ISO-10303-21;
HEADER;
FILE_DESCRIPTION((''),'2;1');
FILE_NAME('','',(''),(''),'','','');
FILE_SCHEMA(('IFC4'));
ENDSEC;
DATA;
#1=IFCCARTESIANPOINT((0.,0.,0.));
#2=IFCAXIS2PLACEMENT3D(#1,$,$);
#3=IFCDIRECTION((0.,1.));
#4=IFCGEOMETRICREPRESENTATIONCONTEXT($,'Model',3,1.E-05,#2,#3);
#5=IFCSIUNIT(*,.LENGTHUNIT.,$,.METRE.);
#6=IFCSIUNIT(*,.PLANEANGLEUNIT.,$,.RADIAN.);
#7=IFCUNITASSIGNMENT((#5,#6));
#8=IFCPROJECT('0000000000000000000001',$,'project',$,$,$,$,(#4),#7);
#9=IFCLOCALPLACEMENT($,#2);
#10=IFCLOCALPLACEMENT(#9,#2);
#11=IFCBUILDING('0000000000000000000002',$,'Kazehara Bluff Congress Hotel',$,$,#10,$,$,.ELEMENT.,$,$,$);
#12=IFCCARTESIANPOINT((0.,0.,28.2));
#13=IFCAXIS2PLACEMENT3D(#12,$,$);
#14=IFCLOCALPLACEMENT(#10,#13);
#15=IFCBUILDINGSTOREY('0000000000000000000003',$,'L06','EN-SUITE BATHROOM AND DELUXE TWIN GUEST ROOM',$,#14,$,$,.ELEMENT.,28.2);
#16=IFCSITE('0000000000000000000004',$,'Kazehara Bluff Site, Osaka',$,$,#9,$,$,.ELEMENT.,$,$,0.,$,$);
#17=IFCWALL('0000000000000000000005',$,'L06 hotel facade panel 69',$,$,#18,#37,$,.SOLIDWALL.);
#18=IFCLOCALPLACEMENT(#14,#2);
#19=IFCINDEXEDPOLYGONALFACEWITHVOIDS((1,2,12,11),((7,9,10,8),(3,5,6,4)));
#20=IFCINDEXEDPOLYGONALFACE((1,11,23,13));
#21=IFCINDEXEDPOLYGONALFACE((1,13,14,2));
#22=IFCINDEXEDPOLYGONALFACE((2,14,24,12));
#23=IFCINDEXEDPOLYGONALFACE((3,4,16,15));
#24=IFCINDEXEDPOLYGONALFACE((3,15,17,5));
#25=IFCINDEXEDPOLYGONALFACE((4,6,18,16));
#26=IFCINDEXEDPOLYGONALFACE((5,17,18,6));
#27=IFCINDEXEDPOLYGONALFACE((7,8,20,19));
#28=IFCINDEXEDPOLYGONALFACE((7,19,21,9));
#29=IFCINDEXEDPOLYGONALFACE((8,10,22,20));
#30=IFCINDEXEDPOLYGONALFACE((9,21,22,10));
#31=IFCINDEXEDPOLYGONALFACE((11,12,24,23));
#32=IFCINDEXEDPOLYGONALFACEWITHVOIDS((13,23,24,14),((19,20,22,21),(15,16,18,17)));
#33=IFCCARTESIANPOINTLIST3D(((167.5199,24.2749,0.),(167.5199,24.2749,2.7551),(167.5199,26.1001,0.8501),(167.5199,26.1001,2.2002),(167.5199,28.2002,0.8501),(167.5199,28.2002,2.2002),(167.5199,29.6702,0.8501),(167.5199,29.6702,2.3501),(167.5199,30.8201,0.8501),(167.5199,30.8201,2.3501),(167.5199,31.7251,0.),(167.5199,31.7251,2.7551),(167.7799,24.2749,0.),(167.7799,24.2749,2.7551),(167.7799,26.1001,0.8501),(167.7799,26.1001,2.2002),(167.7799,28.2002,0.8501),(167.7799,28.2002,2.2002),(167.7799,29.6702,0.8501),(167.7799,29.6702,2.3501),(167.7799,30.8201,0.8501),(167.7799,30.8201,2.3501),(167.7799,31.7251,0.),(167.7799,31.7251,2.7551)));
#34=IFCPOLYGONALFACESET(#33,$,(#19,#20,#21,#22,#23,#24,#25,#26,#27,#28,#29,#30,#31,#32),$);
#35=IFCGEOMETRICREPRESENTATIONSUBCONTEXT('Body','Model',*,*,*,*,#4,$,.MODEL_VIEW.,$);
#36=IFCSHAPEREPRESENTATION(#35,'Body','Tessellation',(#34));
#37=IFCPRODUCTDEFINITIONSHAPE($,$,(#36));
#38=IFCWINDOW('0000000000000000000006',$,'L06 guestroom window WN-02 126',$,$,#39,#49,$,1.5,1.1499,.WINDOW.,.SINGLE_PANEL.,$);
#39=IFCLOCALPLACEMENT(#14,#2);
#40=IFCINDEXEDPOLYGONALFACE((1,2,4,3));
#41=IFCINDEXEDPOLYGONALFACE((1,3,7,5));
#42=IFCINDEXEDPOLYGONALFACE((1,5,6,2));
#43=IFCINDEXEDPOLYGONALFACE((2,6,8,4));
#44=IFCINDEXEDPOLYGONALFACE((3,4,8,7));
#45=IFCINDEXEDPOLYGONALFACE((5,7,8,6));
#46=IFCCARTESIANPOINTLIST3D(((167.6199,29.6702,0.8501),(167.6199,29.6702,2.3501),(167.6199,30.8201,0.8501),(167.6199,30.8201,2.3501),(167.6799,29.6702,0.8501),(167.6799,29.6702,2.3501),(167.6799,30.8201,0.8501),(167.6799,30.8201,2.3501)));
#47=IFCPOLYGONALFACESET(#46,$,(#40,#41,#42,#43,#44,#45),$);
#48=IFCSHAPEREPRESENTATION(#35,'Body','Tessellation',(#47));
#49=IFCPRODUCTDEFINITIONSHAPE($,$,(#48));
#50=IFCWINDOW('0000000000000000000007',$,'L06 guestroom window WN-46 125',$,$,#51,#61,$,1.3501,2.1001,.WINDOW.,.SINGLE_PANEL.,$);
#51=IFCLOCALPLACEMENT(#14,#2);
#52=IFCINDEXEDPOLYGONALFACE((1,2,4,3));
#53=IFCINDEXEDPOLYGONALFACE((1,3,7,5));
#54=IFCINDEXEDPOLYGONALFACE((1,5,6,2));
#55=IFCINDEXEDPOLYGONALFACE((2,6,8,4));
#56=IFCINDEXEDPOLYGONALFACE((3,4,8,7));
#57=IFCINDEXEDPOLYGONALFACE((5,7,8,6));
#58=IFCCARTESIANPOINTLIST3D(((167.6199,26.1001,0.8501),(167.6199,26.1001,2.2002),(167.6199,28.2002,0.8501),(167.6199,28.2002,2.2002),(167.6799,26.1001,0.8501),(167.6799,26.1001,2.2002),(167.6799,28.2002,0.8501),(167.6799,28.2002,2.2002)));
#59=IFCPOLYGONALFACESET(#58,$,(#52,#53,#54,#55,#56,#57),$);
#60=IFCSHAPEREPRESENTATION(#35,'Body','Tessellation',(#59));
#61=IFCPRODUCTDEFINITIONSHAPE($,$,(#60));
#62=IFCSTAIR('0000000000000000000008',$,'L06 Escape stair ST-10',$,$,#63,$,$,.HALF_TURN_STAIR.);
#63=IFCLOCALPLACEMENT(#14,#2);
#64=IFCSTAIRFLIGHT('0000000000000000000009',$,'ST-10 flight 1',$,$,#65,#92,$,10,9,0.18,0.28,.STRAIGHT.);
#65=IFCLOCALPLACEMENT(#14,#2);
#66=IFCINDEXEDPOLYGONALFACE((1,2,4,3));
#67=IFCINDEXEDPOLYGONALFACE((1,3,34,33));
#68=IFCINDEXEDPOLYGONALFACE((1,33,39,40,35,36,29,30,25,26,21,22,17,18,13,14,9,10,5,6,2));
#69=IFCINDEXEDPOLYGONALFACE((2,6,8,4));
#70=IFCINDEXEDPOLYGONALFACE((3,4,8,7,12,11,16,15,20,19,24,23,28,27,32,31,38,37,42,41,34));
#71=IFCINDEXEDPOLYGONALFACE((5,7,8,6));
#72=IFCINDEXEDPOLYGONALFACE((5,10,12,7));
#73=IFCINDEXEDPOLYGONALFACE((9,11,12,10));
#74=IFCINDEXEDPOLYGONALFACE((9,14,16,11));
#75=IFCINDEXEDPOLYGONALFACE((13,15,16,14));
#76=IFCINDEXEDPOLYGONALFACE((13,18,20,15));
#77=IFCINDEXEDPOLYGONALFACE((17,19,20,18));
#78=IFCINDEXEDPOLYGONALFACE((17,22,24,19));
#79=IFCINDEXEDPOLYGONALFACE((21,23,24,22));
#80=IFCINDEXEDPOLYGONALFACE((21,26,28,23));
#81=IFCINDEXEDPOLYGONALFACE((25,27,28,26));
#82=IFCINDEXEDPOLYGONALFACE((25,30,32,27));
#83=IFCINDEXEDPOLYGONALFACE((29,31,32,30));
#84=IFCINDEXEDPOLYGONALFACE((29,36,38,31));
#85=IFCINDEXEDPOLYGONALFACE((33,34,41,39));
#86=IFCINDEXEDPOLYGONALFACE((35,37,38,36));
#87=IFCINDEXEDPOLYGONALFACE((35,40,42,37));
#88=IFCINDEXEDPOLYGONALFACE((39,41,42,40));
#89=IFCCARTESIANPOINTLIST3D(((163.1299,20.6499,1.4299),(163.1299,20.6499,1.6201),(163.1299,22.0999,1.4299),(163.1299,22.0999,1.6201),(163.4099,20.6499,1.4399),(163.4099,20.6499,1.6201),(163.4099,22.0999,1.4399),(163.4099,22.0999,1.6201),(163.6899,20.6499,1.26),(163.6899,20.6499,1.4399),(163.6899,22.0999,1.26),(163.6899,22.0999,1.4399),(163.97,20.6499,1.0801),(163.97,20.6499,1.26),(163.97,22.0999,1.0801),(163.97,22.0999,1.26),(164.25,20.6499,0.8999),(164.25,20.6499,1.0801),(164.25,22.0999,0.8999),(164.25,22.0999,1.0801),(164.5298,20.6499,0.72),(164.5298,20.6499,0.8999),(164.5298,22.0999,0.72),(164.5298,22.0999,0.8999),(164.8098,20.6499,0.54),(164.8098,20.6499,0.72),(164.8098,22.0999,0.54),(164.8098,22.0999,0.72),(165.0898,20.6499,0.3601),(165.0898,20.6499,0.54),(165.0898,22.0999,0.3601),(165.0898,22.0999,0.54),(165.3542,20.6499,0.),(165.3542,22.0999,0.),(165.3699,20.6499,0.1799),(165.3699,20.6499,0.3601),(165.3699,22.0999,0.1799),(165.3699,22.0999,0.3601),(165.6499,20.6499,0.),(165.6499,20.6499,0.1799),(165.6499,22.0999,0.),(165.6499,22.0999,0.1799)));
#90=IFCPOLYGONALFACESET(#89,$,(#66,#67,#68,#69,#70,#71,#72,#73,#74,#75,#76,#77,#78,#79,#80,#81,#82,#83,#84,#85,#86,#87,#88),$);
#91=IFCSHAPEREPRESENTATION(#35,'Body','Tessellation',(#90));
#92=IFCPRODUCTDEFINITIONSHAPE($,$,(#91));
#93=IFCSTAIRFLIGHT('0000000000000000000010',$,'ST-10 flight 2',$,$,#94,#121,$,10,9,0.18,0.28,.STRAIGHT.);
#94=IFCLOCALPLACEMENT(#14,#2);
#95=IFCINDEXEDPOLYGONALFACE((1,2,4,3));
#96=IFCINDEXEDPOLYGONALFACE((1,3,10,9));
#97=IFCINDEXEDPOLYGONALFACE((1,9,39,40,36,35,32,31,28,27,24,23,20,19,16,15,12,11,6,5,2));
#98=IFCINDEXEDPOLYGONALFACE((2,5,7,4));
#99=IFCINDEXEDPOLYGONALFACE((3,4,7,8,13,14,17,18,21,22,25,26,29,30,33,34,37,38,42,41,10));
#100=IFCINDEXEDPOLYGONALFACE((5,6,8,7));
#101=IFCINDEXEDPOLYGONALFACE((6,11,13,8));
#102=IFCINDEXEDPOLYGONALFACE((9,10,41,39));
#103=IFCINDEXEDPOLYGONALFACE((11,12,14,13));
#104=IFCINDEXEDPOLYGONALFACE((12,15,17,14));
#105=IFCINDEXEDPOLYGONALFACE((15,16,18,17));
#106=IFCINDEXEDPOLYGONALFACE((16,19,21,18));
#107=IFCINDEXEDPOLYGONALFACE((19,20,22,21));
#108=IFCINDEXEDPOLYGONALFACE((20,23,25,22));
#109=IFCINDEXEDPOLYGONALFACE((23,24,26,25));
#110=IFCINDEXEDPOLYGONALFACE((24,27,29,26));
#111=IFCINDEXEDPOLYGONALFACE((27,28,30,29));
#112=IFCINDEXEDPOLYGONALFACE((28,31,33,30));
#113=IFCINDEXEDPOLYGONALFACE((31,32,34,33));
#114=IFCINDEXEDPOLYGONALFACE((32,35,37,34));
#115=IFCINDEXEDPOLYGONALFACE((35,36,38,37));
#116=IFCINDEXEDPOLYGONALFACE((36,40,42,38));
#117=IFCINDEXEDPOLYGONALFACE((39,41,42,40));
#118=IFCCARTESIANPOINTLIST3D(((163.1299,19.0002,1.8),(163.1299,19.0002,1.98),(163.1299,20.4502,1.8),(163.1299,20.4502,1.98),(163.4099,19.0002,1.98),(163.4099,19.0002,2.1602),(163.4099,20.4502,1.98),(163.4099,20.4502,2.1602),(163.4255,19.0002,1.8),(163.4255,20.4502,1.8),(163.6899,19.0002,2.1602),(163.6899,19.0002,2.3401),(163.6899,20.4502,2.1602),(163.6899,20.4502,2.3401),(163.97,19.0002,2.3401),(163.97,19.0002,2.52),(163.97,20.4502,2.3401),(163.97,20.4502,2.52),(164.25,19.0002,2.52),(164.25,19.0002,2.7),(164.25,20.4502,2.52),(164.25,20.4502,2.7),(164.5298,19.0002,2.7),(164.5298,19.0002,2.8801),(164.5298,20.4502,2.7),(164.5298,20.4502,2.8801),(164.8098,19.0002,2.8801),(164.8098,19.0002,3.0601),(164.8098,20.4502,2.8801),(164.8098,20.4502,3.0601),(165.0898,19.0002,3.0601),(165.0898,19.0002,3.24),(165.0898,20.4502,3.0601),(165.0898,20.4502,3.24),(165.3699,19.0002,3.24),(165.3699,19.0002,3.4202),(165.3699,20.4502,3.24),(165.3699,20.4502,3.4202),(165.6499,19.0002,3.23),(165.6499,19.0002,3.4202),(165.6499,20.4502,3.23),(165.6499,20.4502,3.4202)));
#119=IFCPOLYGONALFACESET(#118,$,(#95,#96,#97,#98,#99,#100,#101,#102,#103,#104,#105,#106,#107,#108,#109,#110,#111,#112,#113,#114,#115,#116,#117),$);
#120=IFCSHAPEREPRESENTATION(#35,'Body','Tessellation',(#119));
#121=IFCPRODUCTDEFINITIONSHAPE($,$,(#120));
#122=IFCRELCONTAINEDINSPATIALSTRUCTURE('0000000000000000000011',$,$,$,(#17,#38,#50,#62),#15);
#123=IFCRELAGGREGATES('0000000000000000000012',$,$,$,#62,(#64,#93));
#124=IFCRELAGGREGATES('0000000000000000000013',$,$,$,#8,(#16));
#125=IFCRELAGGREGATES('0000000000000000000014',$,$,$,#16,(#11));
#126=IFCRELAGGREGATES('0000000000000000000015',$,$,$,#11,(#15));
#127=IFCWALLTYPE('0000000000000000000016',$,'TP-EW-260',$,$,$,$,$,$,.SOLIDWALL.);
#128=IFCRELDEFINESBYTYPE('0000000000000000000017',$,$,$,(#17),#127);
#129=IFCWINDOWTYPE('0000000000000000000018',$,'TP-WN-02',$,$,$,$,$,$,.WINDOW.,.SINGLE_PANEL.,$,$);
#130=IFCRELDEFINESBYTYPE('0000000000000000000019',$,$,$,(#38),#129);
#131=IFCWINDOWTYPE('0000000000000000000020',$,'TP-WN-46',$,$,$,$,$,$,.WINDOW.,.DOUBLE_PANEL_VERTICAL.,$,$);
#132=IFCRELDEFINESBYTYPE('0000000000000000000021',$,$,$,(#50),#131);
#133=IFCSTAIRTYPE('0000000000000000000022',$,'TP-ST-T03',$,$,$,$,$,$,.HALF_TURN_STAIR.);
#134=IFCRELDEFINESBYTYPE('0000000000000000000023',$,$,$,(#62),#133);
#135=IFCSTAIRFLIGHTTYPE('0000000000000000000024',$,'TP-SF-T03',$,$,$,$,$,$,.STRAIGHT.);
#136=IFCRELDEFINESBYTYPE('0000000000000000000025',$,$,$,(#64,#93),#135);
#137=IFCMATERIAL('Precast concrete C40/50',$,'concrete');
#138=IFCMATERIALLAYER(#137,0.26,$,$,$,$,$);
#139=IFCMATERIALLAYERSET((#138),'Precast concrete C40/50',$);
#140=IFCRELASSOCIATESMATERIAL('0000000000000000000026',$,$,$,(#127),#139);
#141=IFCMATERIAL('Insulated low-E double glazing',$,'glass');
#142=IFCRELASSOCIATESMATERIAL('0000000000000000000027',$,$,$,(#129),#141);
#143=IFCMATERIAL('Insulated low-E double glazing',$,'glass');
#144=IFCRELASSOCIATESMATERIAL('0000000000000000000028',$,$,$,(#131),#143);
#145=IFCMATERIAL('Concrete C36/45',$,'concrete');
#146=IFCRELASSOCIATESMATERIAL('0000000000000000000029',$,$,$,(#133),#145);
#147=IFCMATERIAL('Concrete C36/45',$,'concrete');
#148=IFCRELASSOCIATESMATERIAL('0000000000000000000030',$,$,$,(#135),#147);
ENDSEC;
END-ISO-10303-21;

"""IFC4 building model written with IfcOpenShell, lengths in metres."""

from ifc_helpers import new_model, si_unit, direction, frame, frame_2d, origin, place, context, subcontext, project, spatial, polyline, rectangle, outline, extrude, material, layer, layer_set, type_object, element, fill, aggregate, save


model = new_model("IFC4")

# Units and contexts
model_context = context("Model", 3, precision=1e-05, world=origin(), true_north=direction((0.0, 1.0)))
body_context = subcontext(model_context, "Body", "Model", "MODEL_VIEW")
ifc_project = project(units=[si_unit("LENGTHUNIT", "METRE"), si_unit("PLANEANGLEUNIT", "RADIAN")], contexts=[model_context])

# Site, building, storey
site_placement = place(None, origin())
site = spatial("IfcSite", under=ifc_project, at=site_placement, Name="Kazehara Bluff Site, Osaka", CompositionType="ELEMENT", RefElevation=0.0)
building_placement = place(site_placement, origin())
building = spatial("IfcBuilding", under=site, at=building_placement, Name="Kazehara Bluff Congress Hotel", CompositionType="ELEMENT")
storey_placement = place(building_placement, frame((0.0, 0.0, 28.2)))
storey = spatial("IfcBuildingStorey", under=building, at=storey_placement, Name="L06", Description="EN-SUITE BATHROOM AND DELUXE TWIN GUEST ROOM", CompositionType="ELEMENT", Elevation=28.2)

# Shared definitions
ifc_material_1 = material(Name="Precast concrete C40/50", Category="concrete")
ifc_layer_1 = layer(ifc_material_1, 0.26)
ifc_layer_set_1 = layer_set([ifc_layer_1], Name="Precast concrete C40/50")
wall_type_1 = type_object("IfcWallType", Name="TP-EW-260", PredefinedType="SOLIDWALL", material=ifc_layer_set_1)

# Wall, openings, windows
wall_1_placement = place(storey_placement, frame((167.6499, 31.7251, 0.0), z_axis=(0.0, 0.0, 1.0), x_axis=(0.0, -1.0, 0.0)))
wall_1 = element("IfcWall", 1, at=wall_1_placement, inside=storey, type_object=wall_type_1, Name="L06 hotel facade panel 69", PredefinedType="SOLIDWALL", context=body_context, shape_type="SweptSolid", body=[
    extrude(rectangle(XDim=7.4502, YDim=0.26, at=frame_2d((3.7251, 0.0))), origin(), (0.0, 0.0, 1.0), 2.7551),
])
opening_1_placement = place(wall_1_placement, frame((3.5249, 0.0, 0.8501)))
opening_1 = element("IfcOpeningElement", 2, at=opening_1_placement, cuts=wall_1, PredefinedType="OPENING", context=body_context, shape_type="SweptSolid", body=[
    extrude(rectangle(XDim=2.1001, YDim=1.3501, at=frame_2d((1.05, 0.675))), frame((0.0, 0.1399, 0.0), z_axis=(0.0, -1.0, 0.0), x_axis=(1.0, 0.0, 0.0)), (0.0, 0.0, 1.0), 0.28),
])
opening_2_placement = place(wall_1_placement, frame((0.905, 0.0, 0.8501)))
opening_2 = element("IfcOpeningElement", 3, at=opening_2_placement, cuts=wall_1, PredefinedType="OPENING", context=body_context, shape_type="SweptSolid", body=[
    extrude(rectangle(XDim=1.1499, YDim=1.5, at=frame_2d((0.575, 0.75))), frame((0.0, 0.1399, 0.0), z_axis=(0.0, -1.0, 0.0), x_axis=(1.0, 0.0, 0.0)), (0.0, 0.0, 1.0), 0.28),
])
ifc_material_2 = material(Name="Insulated low-E double glazing", Category="glass")
window_type_1 = type_object("IfcWindowType", Name="TP-WN-02", PartitioningType="SINGLE_PANEL", PredefinedType="WINDOW", material=ifc_material_2)
window_1_placement = place(opening_2_placement, origin())
window_1 = element("IfcWindow", 4, at=window_1_placement, inside=storey, type_object=window_type_1, Name="L06 guestroom window WN-02 126", OverallHeight=1.5, OverallWidth=1.1499, PartitioningType="SINGLE_PANEL", PredefinedType="WINDOW", context=body_context, shape_type="SweptSolid", body=[
    extrude(rectangle(XDim=1.1499, YDim=1.5, at=frame_2d((0.575, 0.75))), frame((0.0, 0.03, 0.0), z_axis=(0.0, -1.0, 0.0), x_axis=(1.0, 0.0, 0.0)), (0.0, 0.0, 1.0), 0.0601),
])
fill(opening_2, window_1)
ifc_material_3 = material(Name="Insulated low-E double glazing", Category="glass")
window_type_2 = type_object("IfcWindowType", Name="TP-WN-46", PartitioningType="DOUBLE_PANEL_VERTICAL", PredefinedType="WINDOW", material=ifc_material_3)
window_2_placement = place(opening_1_placement, origin())
window_2 = element("IfcWindow", 5, at=window_2_placement, inside=storey, type_object=window_type_2, Name="L06 guestroom window WN-46 125", OverallHeight=1.3501, OverallWidth=2.1001, PartitioningType="SINGLE_PANEL", PredefinedType="WINDOW", context=body_context, shape_type="SweptSolid", body=[
    extrude(rectangle(XDim=2.1001, YDim=1.3501, at=frame_2d((1.05, 0.675))), frame((0.0, 0.03, 0.0), z_axis=(0.0, -1.0, 0.0), x_axis=(1.0, 0.0, 0.0)), (0.0, 0.0, 1.0), 0.0601),
])
fill(opening_1, window_2)

# Stair, stair flights
ifc_material_4 = material(Name="Concrete C36/45", Category="concrete")
stair_type = type_object("IfcStairType", Name="TP-ST-T03", PredefinedType="HALF_TURN_STAIR", material=ifc_material_4)
stair_placement = place(storey_placement, origin())
stair = element("IfcStair", 6, at=stair_placement, inside=storey, type_object=stair_type, Name="L06 Escape stair ST-10", PredefinedType="HALF_TURN_STAIR")
ifc_material_5 = material(Name="Concrete C36/45", Category="concrete")
stair_flight_type = type_object("IfcStairFlightType", Name="TP-SF-T03", PredefinedType="STRAIGHT", material=ifc_material_5)
stair_flight_1_placement = place(storey_placement, frame((165.6499, 21.375, 0.0), z_axis=(0.0, 0.0, 1.0), x_axis=(-1.0, 0.0, 0.0)))
stair_flight_1 = element("IfcStairFlight", 7, at=stair_flight_1_placement, type_object=stair_flight_type, Name="ST-10 flight 1", NumberOfRisers=10, NumberOfTreads=9, PredefinedType="STRAIGHT", RiserHeight=0.18, TreadLength=0.28, context=body_context, shape_type="SweptSolid", body=[
    extrude(outline(polyline([(0.0, 0.0), (0.0, 0.1799), (0.28, 0.1799), (0.28, 0.3601), (0.5601, 0.3601), (0.5601, 0.54), (0.8401, 0.54), (0.8401, 0.72), (1.1201, 0.72), (1.1201, 0.8999), (1.3999, 0.8999), (1.3999, 1.0801), (1.6799, 1.0801), (1.6799, 1.26), (1.96, 1.26), (1.96, 1.4399), (2.24, 1.4399), (2.24, 1.6201), (2.52, 1.6201), (2.52, 1.8), (2.52, 1.4299), (0.2957, 0.0), (0.0, 0.0)])), frame((0.0, 0.7251, 0.0), z_axis=(0.0, -1.0, 0.0), x_axis=(1.0, 0.0, 0.0)), (0.0, 0.0, 1.0), 1.45),
])
stair_flight_2_placement = place(storey_placement, frame((163.1299, 19.7251, 1.8), z_axis=(0.0, 0.0, 1.0), x_axis=(1.0, 0.0, 0.0)))
stair_flight_2 = element("IfcStairFlight", 8, at=stair_flight_2_placement, type_object=stair_flight_type, Name="ST-10 flight 2", NumberOfRisers=10, NumberOfTreads=9, PredefinedType="STRAIGHT", RiserHeight=0.18, TreadLength=0.28, context=body_context, shape_type="SweptSolid", body=[
    extrude(outline(polyline([(0.0, 0.0), (0.0, 0.1799), (0.28, 0.1799), (0.28, 0.3601), (0.5601, 0.3601), (0.5601, 0.54), (0.8401, 0.54), (0.8401, 0.72), (1.1201, 0.72), (1.1201, 0.8999), (1.3999, 0.8999), (1.3999, 1.0801), (1.6799, 1.0801), (1.6799, 1.26), (1.96, 1.26), (1.96, 1.4399), (2.24, 1.4399), (2.24, 1.6201), (2.52, 1.6201), (2.52, 1.8), (2.52, 1.4299), (0.2957, 0.0), (0.0, 0.0)])), frame((0.0, 0.7251, 0.0), z_axis=(0.0, -1.0, 0.0), x_axis=(1.0, 0.0, 0.0)), (0.0, 0.0, 1.0), 1.45),
])
aggregate(stair, [stair_flight_1, stair_flight_2])

save(model, "model.ifc")
